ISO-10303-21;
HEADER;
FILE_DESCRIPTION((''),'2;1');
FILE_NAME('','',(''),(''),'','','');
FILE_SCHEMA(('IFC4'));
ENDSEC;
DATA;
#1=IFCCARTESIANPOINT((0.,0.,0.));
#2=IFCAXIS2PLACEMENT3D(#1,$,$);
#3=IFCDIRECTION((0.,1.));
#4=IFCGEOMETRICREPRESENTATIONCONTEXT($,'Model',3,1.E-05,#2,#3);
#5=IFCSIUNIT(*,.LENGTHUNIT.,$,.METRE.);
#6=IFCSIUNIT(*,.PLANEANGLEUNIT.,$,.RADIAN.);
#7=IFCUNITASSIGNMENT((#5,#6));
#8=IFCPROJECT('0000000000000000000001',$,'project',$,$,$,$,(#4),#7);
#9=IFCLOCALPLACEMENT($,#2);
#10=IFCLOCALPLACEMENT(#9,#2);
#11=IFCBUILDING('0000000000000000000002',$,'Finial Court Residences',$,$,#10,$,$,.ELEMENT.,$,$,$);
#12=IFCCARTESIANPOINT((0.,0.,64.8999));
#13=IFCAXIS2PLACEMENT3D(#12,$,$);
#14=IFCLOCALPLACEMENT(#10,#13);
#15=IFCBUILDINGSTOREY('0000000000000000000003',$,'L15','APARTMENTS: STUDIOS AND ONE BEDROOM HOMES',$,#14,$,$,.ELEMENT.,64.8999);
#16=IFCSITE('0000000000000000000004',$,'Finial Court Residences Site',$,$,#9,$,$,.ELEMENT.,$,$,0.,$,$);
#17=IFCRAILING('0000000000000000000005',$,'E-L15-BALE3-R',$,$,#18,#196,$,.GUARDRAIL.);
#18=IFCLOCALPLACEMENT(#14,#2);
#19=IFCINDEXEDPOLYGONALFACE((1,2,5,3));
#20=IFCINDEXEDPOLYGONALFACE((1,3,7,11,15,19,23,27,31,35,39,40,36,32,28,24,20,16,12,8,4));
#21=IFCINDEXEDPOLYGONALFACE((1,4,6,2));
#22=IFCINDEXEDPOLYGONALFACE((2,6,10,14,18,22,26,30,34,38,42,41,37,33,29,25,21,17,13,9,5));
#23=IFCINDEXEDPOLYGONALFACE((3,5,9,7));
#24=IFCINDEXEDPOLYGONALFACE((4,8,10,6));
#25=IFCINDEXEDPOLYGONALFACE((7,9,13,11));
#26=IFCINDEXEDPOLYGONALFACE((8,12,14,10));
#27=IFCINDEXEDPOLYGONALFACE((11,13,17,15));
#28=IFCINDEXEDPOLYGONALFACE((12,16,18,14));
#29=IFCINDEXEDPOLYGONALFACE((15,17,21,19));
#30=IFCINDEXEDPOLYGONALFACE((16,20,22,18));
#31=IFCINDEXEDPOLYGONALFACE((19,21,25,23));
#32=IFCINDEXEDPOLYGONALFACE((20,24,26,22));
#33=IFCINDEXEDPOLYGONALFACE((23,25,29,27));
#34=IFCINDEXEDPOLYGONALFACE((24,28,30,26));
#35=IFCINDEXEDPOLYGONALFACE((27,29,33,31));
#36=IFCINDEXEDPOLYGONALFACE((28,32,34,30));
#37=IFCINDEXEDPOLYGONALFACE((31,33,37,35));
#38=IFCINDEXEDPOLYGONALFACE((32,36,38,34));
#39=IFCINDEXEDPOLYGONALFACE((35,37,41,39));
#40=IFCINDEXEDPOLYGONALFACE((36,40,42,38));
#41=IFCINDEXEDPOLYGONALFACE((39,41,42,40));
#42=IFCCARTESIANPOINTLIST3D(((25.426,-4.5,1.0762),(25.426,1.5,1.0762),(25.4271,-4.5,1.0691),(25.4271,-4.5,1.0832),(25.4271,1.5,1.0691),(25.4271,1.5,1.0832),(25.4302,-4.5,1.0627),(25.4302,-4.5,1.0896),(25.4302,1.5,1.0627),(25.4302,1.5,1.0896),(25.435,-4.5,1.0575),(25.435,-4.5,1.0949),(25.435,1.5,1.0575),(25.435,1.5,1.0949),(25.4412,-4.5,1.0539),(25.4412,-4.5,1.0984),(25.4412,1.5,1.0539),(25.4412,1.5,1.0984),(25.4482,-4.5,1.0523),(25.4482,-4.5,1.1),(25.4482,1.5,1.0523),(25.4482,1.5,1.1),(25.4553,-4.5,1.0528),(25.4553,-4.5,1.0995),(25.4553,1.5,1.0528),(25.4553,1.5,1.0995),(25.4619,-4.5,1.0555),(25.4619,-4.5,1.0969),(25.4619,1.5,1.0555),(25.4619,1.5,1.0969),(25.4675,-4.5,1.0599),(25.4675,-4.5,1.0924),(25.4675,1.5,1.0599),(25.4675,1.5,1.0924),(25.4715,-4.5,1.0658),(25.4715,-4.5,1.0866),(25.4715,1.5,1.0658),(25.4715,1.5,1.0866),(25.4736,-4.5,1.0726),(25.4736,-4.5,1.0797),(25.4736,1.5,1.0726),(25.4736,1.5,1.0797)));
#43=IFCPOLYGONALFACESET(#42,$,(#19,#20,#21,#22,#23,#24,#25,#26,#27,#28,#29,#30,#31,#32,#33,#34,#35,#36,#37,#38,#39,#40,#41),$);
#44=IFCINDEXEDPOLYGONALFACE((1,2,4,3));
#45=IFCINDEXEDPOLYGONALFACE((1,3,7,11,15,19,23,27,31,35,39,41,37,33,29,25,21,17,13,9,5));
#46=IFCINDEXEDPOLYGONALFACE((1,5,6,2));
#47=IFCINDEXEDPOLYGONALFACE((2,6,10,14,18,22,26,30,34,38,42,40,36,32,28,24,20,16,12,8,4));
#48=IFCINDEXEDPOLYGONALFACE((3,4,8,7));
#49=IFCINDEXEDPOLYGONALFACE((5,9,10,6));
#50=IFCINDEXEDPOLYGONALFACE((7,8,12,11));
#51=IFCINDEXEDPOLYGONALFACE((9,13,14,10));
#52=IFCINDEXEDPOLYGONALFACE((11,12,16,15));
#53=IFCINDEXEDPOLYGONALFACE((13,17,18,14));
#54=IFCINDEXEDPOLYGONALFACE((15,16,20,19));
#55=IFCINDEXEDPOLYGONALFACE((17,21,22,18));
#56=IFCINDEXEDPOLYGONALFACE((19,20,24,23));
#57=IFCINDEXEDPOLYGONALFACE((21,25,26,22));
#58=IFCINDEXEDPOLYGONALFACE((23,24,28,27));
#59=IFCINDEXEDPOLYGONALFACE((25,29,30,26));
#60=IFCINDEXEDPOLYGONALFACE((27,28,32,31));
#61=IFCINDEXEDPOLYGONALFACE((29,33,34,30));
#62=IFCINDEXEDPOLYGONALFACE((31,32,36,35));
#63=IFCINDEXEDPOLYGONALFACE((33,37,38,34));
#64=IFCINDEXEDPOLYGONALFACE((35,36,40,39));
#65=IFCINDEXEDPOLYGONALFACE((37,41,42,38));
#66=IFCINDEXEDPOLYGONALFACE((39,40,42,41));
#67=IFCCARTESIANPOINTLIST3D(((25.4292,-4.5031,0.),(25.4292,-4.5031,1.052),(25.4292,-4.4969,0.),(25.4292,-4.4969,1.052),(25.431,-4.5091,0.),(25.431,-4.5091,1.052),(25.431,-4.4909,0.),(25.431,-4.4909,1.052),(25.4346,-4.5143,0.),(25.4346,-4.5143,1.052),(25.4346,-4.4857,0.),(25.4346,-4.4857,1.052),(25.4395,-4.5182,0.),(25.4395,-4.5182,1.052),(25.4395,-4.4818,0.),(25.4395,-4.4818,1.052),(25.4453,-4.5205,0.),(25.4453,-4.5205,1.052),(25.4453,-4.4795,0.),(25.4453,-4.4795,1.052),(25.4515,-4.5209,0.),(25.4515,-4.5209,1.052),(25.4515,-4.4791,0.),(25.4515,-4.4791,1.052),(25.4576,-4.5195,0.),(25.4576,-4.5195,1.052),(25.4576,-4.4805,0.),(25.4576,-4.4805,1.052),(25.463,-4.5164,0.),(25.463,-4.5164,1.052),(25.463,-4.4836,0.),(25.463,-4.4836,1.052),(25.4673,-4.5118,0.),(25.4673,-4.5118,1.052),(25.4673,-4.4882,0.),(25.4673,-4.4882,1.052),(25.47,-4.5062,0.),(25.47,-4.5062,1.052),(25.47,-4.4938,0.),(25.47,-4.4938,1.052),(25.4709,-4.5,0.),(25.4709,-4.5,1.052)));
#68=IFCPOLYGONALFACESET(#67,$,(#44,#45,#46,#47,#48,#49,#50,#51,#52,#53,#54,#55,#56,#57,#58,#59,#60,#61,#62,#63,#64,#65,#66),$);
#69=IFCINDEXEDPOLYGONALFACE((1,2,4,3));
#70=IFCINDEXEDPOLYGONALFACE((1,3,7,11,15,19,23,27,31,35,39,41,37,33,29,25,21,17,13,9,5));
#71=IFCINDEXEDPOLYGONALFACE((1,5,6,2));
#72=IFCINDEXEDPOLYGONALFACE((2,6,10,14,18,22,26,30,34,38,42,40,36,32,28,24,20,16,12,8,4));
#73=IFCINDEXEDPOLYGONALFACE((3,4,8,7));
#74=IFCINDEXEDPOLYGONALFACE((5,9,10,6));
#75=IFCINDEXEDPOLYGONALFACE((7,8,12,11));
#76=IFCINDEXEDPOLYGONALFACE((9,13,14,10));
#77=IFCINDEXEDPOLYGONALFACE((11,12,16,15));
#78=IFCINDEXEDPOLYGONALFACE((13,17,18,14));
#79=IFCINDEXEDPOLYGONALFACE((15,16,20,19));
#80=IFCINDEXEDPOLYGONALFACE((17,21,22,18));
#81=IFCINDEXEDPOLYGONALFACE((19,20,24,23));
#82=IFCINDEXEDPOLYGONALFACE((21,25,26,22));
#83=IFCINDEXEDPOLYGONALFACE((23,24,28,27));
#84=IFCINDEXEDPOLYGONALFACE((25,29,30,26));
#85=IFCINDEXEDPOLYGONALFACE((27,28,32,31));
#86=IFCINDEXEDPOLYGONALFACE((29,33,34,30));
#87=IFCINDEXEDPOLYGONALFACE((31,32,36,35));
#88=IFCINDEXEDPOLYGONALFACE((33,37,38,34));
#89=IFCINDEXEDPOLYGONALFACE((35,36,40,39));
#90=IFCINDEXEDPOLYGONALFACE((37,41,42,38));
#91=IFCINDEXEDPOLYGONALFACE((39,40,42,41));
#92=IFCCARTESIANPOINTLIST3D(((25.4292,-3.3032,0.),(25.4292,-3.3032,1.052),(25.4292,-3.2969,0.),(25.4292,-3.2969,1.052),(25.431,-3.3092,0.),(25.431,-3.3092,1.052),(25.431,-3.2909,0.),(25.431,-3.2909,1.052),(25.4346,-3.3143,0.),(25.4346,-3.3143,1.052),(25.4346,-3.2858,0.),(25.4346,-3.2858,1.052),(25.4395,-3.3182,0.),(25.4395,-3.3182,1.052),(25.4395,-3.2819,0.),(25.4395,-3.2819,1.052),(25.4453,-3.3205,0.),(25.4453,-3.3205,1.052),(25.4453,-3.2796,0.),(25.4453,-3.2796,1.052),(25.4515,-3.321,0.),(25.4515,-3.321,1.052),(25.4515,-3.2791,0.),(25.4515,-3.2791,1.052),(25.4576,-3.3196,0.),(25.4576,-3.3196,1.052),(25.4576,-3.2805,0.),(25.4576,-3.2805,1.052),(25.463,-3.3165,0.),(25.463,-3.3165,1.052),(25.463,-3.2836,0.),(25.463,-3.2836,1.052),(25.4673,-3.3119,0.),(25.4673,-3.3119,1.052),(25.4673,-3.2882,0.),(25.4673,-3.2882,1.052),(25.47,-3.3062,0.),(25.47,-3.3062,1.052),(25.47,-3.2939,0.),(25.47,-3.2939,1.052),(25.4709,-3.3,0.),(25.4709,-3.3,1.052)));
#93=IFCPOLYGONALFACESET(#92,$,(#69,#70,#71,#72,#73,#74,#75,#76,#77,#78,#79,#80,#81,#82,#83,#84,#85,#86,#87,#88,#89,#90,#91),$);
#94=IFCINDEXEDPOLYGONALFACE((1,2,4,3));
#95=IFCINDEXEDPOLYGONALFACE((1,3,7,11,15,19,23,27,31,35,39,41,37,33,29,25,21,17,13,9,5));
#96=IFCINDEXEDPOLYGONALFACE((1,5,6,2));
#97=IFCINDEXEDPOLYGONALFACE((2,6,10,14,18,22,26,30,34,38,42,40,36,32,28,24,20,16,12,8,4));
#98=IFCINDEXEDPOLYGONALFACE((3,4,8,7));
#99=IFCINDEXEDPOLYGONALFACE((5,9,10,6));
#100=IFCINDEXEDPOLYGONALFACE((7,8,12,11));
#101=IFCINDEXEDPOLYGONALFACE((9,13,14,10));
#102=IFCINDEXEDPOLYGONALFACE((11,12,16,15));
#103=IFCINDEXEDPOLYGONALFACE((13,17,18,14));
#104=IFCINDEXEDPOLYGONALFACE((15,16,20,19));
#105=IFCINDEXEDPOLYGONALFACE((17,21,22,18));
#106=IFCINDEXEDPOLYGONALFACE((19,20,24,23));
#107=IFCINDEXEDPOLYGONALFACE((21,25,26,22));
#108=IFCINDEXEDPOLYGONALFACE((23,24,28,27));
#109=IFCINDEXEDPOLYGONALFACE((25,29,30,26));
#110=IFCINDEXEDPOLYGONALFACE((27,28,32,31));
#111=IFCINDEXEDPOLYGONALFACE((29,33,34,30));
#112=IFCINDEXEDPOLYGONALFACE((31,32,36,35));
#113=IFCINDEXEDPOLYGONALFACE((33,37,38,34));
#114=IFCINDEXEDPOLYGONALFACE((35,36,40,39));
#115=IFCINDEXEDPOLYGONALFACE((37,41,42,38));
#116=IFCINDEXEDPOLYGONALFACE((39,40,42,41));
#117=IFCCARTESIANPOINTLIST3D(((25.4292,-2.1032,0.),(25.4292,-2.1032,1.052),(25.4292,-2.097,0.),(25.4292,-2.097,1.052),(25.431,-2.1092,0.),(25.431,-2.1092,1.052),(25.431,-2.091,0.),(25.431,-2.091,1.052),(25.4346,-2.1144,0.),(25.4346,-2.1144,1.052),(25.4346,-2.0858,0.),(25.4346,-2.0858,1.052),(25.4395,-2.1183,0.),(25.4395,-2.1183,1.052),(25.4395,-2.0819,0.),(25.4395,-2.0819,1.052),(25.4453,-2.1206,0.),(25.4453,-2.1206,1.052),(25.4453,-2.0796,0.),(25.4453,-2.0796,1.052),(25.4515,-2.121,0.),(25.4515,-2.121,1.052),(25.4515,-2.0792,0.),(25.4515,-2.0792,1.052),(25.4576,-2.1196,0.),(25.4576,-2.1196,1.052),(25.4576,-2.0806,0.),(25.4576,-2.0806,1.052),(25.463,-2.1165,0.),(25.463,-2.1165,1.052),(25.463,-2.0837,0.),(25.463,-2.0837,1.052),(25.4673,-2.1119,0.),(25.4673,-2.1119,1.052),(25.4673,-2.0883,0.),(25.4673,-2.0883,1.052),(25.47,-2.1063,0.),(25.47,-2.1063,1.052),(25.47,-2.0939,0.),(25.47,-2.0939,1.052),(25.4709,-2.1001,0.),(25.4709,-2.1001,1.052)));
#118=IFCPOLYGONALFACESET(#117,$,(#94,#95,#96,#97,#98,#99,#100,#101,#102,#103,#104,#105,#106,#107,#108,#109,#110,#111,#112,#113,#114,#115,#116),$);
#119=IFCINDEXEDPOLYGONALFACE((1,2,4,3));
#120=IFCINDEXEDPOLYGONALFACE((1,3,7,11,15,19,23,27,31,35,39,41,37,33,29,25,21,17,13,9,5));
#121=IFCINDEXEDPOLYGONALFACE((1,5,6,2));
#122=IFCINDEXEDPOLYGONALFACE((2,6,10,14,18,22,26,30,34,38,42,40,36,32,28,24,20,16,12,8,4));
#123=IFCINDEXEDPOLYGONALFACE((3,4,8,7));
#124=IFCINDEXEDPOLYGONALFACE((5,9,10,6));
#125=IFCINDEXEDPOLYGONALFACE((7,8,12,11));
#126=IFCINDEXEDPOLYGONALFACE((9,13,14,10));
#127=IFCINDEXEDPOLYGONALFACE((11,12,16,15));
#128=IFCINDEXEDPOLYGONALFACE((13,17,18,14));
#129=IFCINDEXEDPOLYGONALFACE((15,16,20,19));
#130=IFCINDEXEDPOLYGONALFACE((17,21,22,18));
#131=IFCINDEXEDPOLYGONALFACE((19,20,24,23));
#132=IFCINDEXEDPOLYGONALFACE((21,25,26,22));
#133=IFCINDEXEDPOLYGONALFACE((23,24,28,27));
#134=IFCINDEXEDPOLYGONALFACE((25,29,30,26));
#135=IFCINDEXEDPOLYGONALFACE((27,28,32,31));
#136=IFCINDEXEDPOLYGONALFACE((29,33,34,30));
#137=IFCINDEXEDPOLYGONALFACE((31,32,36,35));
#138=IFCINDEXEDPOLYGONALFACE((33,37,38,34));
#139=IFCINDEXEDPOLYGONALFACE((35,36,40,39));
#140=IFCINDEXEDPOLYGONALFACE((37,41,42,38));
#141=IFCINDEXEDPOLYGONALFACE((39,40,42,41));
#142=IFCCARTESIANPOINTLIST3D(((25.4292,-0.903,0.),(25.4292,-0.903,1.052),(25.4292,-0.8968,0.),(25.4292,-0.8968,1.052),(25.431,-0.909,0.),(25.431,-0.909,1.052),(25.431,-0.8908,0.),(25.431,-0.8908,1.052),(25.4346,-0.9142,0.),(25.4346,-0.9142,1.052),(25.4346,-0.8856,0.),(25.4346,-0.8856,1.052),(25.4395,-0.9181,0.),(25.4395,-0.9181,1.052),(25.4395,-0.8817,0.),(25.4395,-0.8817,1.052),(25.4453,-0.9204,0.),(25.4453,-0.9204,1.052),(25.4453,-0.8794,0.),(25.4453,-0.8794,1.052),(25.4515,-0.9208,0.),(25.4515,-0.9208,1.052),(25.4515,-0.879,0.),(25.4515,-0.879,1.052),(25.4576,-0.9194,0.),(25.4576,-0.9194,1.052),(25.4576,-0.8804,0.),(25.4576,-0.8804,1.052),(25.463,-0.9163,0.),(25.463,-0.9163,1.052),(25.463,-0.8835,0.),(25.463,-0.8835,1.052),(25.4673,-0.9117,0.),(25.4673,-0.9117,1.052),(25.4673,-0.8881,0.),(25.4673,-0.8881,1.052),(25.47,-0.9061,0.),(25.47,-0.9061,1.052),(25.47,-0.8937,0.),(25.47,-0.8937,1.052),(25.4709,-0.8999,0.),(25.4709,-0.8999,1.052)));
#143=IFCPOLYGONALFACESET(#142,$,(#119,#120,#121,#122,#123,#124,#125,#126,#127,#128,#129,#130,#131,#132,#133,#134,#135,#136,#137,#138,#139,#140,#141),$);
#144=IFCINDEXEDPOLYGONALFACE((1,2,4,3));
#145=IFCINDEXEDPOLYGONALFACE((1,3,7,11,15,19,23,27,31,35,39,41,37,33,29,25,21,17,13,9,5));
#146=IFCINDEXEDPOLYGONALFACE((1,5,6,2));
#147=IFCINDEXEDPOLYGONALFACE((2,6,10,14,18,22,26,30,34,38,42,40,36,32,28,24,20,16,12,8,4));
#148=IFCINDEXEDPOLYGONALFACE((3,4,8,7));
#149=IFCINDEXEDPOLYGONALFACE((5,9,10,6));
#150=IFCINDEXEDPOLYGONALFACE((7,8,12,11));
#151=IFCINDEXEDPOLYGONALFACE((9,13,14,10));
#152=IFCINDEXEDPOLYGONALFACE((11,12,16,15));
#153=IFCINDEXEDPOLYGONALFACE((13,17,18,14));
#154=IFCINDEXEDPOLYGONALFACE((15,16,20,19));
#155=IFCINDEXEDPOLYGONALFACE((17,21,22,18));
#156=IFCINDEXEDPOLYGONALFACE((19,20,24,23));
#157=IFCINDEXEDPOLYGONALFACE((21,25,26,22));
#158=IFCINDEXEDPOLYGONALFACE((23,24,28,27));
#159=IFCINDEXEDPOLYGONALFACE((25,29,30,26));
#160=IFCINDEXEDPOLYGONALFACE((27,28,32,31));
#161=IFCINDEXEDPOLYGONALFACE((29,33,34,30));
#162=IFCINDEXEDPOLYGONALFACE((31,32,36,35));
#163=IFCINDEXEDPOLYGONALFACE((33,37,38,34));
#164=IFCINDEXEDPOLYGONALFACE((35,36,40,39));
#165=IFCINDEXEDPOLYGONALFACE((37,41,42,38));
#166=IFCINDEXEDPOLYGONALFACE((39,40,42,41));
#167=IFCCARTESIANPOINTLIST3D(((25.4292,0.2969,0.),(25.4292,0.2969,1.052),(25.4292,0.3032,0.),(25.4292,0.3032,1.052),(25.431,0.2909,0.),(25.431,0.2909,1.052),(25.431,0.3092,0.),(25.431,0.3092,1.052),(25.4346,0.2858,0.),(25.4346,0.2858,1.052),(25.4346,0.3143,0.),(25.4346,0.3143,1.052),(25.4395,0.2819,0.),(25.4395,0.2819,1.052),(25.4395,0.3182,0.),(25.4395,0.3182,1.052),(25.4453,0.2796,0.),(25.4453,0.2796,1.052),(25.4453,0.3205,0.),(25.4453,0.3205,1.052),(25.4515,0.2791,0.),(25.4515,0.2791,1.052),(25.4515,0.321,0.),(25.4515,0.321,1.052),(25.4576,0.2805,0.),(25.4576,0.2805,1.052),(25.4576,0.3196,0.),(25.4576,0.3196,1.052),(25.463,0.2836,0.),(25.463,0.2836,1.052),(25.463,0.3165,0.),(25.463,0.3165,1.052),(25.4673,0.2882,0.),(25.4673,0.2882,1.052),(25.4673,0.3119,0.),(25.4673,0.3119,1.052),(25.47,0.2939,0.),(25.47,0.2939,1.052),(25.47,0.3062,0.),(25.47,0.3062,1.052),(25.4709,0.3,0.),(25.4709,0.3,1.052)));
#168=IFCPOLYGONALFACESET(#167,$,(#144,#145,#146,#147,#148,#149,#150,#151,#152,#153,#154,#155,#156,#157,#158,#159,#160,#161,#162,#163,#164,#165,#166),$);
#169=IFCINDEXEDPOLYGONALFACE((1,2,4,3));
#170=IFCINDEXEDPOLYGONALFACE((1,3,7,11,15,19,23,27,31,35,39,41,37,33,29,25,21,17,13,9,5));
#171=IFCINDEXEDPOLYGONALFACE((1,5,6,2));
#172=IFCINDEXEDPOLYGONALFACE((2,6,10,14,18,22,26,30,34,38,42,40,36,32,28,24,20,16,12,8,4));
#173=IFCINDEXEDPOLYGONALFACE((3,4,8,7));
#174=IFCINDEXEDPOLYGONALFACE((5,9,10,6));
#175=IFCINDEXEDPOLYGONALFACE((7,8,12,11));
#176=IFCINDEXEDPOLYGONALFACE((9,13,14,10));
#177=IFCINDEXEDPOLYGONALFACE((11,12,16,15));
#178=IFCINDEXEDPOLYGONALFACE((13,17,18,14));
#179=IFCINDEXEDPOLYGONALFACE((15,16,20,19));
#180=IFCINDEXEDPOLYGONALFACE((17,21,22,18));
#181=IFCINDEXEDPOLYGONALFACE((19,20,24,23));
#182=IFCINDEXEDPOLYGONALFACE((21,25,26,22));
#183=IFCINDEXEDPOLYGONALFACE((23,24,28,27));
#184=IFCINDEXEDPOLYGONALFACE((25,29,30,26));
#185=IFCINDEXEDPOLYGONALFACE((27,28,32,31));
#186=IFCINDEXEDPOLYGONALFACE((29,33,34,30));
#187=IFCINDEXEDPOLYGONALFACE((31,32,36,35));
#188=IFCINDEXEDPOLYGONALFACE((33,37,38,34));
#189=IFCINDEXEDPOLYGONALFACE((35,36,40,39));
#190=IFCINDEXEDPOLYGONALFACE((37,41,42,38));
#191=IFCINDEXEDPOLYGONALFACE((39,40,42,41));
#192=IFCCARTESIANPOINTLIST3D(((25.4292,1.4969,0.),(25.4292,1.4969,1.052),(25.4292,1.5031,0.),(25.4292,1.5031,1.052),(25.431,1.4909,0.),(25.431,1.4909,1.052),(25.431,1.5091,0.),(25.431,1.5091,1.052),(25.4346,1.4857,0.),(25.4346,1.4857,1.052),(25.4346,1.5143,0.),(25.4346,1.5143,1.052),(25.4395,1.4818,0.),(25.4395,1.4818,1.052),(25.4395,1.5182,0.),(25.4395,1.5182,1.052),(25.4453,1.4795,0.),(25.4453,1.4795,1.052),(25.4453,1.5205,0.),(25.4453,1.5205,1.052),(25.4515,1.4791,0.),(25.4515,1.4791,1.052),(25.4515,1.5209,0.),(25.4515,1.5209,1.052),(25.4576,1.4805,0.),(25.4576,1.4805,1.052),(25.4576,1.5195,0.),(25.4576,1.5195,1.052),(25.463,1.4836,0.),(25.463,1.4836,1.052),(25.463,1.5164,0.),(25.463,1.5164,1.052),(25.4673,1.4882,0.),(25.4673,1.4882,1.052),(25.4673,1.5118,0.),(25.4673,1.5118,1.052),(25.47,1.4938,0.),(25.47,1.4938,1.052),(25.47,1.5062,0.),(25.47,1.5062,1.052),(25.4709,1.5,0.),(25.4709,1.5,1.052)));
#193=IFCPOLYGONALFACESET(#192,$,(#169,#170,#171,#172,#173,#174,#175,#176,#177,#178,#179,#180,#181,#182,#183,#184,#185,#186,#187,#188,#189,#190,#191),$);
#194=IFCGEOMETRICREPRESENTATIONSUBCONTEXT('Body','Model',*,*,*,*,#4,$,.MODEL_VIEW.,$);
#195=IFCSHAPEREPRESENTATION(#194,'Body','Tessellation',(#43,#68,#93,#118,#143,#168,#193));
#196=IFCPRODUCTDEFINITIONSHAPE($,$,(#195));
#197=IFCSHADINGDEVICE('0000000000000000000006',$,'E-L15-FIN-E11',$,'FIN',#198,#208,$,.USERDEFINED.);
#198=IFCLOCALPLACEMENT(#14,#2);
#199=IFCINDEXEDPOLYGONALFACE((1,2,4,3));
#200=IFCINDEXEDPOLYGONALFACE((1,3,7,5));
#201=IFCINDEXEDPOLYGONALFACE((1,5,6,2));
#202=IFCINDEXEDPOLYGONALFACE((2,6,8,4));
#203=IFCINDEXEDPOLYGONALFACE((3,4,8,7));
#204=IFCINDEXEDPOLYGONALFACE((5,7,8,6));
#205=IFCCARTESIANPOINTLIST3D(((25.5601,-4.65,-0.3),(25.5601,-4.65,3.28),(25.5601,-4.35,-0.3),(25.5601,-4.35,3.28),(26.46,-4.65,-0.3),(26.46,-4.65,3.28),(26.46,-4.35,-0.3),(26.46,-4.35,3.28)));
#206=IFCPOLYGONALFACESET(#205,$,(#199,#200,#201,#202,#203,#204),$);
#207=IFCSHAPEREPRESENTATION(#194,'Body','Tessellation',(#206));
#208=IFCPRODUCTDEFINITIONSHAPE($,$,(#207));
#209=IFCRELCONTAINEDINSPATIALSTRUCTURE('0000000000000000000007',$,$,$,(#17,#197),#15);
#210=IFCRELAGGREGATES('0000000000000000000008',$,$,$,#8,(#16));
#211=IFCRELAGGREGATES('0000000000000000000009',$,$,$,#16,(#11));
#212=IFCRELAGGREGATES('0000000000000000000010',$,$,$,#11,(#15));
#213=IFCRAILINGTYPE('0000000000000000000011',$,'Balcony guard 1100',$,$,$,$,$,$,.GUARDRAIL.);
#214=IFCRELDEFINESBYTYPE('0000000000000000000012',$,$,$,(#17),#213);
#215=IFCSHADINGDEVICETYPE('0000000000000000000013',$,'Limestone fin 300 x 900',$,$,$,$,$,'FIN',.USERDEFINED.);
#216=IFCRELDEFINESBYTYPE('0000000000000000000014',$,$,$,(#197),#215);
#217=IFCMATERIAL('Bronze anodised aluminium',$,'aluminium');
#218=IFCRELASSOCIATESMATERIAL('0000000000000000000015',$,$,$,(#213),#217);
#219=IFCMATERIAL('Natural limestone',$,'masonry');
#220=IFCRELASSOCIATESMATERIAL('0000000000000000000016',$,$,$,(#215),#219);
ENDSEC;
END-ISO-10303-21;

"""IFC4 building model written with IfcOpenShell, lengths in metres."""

from ifc_helpers import new_model, si_unit, direction, frame, origin, origin_2d, place, context, subcontext, project, spatial, rectangle, circle, extrude, material, type_object, element, save


model = new_model("IFC4")

# Units and contexts
model_context = context("Model", 3, precision=1e-05, world=origin(), true_north=direction((0.0, 1.0)))
body_context = subcontext(model_context, "Body", "Model", "MODEL_VIEW")
ifc_project = project(units=[si_unit("LENGTHUNIT", "METRE"), si_unit("PLANEANGLEUNIT", "RADIAN")], contexts=[model_context])

# Site, building, storey
site_placement = place(None, origin())
site = spatial("IfcSite", under=ifc_project, at=site_placement, Name="Finial Court Residences Site", CompositionType="ELEMENT", RefElevation=0.0)
building_placement = place(site_placement, origin())
building = spatial("IfcBuilding", under=site, at=building_placement, Name="Finial Court Residences", CompositionType="ELEMENT")
storey_placement = place(building_placement, frame((0.0, 0.0, 64.8999)))
storey = spatial("IfcBuildingStorey", under=building, at=storey_placement, Name="L15", Description="APARTMENTS: STUDIOS AND ONE BEDROOM HOMES", CompositionType="ELEMENT", Elevation=64.8999)

# Shared definitions
ifc_material_1 = material(Name="Bronze anodised aluminium", Category="aluminium")

# Shared definitions
ifc_material_2 = material(Name="Natural limestone", Category="masonry")

# Railing
railing_type = type_object("IfcRailingType", Name="Balcony guard 1100", PredefinedType="GUARDRAIL", material=ifc_material_1)
railing_placement = place(storey_placement, frame((25.45, -4.5, 0.0)))
element("IfcRailing", 1, at=railing_placement, inside=storey, type_object=railing_type, Name="E-L15-BALE3-R", PredefinedType="GUARDRAIL", context=body_context, shape_type="SweptSolid", body=[
    extrude(circle(Radius=0.0239, at=origin_2d()), frame((0.0, 0.0, 1.0762), z_axis=(0.0, 1.0, 0.0), x_axis=(-1.0, 0.0, 0.0)), (0.0, 0.0, 1.0), 6.0),
    extrude(circle(Radius=0.021, at=origin_2d()), origin(), (0.0, 0.0, 1.0), 1.052),
    extrude(circle(Radius=0.021, at=origin_2d()), frame((0.0, 1.2, 0.0)), (0.0, 0.0, 1.0), 1.052),
    extrude(circle(Radius=0.021, at=origin_2d()), frame((0.0, 2.3999, 0.0)), (0.0, 0.0, 1.0), 1.052),
    extrude(circle(Radius=0.021, at=origin_2d()), frame((0.0, 3.6001, 0.0)), (0.0, 0.0, 1.0), 1.052),
    extrude(circle(Radius=0.021, at=origin_2d()), frame((0.0, 4.8, 0.0)), (0.0, 0.0, 1.0), 1.052),
    extrude(circle(Radius=0.021, at=origin_2d()), frame((0.0, 6.0, 0.0)), (0.0, 0.0, 1.0), 1.052),
])

# Shading device
shading_device_type = type_object("IfcShadingDeviceType", Name="Limestone fin 300 x 900", ElementType="FIN", PredefinedType="USERDEFINED", material=ifc_material_2)
shading_device_placement = place(storey_placement, frame((26.01, -4.5, -0.3), z_axis=(0.0, 0.0, 1.0), x_axis=(1.0, 0.0, 0.0)))
element("IfcShadingDevice", 2, at=shading_device_placement, inside=storey, type_object=shading_device_type, Name="E-L15-FIN-E11", ObjectType="FIN", PredefinedType="USERDEFINED", context=body_context, shape_type="SweptSolid", body=[
    extrude(rectangle(XDim=0.8999, YDim=0.3, at=origin_2d()), origin(), (0.0, 0.0, 1.0), 3.5801),
])

save(model, "model.ifc")
